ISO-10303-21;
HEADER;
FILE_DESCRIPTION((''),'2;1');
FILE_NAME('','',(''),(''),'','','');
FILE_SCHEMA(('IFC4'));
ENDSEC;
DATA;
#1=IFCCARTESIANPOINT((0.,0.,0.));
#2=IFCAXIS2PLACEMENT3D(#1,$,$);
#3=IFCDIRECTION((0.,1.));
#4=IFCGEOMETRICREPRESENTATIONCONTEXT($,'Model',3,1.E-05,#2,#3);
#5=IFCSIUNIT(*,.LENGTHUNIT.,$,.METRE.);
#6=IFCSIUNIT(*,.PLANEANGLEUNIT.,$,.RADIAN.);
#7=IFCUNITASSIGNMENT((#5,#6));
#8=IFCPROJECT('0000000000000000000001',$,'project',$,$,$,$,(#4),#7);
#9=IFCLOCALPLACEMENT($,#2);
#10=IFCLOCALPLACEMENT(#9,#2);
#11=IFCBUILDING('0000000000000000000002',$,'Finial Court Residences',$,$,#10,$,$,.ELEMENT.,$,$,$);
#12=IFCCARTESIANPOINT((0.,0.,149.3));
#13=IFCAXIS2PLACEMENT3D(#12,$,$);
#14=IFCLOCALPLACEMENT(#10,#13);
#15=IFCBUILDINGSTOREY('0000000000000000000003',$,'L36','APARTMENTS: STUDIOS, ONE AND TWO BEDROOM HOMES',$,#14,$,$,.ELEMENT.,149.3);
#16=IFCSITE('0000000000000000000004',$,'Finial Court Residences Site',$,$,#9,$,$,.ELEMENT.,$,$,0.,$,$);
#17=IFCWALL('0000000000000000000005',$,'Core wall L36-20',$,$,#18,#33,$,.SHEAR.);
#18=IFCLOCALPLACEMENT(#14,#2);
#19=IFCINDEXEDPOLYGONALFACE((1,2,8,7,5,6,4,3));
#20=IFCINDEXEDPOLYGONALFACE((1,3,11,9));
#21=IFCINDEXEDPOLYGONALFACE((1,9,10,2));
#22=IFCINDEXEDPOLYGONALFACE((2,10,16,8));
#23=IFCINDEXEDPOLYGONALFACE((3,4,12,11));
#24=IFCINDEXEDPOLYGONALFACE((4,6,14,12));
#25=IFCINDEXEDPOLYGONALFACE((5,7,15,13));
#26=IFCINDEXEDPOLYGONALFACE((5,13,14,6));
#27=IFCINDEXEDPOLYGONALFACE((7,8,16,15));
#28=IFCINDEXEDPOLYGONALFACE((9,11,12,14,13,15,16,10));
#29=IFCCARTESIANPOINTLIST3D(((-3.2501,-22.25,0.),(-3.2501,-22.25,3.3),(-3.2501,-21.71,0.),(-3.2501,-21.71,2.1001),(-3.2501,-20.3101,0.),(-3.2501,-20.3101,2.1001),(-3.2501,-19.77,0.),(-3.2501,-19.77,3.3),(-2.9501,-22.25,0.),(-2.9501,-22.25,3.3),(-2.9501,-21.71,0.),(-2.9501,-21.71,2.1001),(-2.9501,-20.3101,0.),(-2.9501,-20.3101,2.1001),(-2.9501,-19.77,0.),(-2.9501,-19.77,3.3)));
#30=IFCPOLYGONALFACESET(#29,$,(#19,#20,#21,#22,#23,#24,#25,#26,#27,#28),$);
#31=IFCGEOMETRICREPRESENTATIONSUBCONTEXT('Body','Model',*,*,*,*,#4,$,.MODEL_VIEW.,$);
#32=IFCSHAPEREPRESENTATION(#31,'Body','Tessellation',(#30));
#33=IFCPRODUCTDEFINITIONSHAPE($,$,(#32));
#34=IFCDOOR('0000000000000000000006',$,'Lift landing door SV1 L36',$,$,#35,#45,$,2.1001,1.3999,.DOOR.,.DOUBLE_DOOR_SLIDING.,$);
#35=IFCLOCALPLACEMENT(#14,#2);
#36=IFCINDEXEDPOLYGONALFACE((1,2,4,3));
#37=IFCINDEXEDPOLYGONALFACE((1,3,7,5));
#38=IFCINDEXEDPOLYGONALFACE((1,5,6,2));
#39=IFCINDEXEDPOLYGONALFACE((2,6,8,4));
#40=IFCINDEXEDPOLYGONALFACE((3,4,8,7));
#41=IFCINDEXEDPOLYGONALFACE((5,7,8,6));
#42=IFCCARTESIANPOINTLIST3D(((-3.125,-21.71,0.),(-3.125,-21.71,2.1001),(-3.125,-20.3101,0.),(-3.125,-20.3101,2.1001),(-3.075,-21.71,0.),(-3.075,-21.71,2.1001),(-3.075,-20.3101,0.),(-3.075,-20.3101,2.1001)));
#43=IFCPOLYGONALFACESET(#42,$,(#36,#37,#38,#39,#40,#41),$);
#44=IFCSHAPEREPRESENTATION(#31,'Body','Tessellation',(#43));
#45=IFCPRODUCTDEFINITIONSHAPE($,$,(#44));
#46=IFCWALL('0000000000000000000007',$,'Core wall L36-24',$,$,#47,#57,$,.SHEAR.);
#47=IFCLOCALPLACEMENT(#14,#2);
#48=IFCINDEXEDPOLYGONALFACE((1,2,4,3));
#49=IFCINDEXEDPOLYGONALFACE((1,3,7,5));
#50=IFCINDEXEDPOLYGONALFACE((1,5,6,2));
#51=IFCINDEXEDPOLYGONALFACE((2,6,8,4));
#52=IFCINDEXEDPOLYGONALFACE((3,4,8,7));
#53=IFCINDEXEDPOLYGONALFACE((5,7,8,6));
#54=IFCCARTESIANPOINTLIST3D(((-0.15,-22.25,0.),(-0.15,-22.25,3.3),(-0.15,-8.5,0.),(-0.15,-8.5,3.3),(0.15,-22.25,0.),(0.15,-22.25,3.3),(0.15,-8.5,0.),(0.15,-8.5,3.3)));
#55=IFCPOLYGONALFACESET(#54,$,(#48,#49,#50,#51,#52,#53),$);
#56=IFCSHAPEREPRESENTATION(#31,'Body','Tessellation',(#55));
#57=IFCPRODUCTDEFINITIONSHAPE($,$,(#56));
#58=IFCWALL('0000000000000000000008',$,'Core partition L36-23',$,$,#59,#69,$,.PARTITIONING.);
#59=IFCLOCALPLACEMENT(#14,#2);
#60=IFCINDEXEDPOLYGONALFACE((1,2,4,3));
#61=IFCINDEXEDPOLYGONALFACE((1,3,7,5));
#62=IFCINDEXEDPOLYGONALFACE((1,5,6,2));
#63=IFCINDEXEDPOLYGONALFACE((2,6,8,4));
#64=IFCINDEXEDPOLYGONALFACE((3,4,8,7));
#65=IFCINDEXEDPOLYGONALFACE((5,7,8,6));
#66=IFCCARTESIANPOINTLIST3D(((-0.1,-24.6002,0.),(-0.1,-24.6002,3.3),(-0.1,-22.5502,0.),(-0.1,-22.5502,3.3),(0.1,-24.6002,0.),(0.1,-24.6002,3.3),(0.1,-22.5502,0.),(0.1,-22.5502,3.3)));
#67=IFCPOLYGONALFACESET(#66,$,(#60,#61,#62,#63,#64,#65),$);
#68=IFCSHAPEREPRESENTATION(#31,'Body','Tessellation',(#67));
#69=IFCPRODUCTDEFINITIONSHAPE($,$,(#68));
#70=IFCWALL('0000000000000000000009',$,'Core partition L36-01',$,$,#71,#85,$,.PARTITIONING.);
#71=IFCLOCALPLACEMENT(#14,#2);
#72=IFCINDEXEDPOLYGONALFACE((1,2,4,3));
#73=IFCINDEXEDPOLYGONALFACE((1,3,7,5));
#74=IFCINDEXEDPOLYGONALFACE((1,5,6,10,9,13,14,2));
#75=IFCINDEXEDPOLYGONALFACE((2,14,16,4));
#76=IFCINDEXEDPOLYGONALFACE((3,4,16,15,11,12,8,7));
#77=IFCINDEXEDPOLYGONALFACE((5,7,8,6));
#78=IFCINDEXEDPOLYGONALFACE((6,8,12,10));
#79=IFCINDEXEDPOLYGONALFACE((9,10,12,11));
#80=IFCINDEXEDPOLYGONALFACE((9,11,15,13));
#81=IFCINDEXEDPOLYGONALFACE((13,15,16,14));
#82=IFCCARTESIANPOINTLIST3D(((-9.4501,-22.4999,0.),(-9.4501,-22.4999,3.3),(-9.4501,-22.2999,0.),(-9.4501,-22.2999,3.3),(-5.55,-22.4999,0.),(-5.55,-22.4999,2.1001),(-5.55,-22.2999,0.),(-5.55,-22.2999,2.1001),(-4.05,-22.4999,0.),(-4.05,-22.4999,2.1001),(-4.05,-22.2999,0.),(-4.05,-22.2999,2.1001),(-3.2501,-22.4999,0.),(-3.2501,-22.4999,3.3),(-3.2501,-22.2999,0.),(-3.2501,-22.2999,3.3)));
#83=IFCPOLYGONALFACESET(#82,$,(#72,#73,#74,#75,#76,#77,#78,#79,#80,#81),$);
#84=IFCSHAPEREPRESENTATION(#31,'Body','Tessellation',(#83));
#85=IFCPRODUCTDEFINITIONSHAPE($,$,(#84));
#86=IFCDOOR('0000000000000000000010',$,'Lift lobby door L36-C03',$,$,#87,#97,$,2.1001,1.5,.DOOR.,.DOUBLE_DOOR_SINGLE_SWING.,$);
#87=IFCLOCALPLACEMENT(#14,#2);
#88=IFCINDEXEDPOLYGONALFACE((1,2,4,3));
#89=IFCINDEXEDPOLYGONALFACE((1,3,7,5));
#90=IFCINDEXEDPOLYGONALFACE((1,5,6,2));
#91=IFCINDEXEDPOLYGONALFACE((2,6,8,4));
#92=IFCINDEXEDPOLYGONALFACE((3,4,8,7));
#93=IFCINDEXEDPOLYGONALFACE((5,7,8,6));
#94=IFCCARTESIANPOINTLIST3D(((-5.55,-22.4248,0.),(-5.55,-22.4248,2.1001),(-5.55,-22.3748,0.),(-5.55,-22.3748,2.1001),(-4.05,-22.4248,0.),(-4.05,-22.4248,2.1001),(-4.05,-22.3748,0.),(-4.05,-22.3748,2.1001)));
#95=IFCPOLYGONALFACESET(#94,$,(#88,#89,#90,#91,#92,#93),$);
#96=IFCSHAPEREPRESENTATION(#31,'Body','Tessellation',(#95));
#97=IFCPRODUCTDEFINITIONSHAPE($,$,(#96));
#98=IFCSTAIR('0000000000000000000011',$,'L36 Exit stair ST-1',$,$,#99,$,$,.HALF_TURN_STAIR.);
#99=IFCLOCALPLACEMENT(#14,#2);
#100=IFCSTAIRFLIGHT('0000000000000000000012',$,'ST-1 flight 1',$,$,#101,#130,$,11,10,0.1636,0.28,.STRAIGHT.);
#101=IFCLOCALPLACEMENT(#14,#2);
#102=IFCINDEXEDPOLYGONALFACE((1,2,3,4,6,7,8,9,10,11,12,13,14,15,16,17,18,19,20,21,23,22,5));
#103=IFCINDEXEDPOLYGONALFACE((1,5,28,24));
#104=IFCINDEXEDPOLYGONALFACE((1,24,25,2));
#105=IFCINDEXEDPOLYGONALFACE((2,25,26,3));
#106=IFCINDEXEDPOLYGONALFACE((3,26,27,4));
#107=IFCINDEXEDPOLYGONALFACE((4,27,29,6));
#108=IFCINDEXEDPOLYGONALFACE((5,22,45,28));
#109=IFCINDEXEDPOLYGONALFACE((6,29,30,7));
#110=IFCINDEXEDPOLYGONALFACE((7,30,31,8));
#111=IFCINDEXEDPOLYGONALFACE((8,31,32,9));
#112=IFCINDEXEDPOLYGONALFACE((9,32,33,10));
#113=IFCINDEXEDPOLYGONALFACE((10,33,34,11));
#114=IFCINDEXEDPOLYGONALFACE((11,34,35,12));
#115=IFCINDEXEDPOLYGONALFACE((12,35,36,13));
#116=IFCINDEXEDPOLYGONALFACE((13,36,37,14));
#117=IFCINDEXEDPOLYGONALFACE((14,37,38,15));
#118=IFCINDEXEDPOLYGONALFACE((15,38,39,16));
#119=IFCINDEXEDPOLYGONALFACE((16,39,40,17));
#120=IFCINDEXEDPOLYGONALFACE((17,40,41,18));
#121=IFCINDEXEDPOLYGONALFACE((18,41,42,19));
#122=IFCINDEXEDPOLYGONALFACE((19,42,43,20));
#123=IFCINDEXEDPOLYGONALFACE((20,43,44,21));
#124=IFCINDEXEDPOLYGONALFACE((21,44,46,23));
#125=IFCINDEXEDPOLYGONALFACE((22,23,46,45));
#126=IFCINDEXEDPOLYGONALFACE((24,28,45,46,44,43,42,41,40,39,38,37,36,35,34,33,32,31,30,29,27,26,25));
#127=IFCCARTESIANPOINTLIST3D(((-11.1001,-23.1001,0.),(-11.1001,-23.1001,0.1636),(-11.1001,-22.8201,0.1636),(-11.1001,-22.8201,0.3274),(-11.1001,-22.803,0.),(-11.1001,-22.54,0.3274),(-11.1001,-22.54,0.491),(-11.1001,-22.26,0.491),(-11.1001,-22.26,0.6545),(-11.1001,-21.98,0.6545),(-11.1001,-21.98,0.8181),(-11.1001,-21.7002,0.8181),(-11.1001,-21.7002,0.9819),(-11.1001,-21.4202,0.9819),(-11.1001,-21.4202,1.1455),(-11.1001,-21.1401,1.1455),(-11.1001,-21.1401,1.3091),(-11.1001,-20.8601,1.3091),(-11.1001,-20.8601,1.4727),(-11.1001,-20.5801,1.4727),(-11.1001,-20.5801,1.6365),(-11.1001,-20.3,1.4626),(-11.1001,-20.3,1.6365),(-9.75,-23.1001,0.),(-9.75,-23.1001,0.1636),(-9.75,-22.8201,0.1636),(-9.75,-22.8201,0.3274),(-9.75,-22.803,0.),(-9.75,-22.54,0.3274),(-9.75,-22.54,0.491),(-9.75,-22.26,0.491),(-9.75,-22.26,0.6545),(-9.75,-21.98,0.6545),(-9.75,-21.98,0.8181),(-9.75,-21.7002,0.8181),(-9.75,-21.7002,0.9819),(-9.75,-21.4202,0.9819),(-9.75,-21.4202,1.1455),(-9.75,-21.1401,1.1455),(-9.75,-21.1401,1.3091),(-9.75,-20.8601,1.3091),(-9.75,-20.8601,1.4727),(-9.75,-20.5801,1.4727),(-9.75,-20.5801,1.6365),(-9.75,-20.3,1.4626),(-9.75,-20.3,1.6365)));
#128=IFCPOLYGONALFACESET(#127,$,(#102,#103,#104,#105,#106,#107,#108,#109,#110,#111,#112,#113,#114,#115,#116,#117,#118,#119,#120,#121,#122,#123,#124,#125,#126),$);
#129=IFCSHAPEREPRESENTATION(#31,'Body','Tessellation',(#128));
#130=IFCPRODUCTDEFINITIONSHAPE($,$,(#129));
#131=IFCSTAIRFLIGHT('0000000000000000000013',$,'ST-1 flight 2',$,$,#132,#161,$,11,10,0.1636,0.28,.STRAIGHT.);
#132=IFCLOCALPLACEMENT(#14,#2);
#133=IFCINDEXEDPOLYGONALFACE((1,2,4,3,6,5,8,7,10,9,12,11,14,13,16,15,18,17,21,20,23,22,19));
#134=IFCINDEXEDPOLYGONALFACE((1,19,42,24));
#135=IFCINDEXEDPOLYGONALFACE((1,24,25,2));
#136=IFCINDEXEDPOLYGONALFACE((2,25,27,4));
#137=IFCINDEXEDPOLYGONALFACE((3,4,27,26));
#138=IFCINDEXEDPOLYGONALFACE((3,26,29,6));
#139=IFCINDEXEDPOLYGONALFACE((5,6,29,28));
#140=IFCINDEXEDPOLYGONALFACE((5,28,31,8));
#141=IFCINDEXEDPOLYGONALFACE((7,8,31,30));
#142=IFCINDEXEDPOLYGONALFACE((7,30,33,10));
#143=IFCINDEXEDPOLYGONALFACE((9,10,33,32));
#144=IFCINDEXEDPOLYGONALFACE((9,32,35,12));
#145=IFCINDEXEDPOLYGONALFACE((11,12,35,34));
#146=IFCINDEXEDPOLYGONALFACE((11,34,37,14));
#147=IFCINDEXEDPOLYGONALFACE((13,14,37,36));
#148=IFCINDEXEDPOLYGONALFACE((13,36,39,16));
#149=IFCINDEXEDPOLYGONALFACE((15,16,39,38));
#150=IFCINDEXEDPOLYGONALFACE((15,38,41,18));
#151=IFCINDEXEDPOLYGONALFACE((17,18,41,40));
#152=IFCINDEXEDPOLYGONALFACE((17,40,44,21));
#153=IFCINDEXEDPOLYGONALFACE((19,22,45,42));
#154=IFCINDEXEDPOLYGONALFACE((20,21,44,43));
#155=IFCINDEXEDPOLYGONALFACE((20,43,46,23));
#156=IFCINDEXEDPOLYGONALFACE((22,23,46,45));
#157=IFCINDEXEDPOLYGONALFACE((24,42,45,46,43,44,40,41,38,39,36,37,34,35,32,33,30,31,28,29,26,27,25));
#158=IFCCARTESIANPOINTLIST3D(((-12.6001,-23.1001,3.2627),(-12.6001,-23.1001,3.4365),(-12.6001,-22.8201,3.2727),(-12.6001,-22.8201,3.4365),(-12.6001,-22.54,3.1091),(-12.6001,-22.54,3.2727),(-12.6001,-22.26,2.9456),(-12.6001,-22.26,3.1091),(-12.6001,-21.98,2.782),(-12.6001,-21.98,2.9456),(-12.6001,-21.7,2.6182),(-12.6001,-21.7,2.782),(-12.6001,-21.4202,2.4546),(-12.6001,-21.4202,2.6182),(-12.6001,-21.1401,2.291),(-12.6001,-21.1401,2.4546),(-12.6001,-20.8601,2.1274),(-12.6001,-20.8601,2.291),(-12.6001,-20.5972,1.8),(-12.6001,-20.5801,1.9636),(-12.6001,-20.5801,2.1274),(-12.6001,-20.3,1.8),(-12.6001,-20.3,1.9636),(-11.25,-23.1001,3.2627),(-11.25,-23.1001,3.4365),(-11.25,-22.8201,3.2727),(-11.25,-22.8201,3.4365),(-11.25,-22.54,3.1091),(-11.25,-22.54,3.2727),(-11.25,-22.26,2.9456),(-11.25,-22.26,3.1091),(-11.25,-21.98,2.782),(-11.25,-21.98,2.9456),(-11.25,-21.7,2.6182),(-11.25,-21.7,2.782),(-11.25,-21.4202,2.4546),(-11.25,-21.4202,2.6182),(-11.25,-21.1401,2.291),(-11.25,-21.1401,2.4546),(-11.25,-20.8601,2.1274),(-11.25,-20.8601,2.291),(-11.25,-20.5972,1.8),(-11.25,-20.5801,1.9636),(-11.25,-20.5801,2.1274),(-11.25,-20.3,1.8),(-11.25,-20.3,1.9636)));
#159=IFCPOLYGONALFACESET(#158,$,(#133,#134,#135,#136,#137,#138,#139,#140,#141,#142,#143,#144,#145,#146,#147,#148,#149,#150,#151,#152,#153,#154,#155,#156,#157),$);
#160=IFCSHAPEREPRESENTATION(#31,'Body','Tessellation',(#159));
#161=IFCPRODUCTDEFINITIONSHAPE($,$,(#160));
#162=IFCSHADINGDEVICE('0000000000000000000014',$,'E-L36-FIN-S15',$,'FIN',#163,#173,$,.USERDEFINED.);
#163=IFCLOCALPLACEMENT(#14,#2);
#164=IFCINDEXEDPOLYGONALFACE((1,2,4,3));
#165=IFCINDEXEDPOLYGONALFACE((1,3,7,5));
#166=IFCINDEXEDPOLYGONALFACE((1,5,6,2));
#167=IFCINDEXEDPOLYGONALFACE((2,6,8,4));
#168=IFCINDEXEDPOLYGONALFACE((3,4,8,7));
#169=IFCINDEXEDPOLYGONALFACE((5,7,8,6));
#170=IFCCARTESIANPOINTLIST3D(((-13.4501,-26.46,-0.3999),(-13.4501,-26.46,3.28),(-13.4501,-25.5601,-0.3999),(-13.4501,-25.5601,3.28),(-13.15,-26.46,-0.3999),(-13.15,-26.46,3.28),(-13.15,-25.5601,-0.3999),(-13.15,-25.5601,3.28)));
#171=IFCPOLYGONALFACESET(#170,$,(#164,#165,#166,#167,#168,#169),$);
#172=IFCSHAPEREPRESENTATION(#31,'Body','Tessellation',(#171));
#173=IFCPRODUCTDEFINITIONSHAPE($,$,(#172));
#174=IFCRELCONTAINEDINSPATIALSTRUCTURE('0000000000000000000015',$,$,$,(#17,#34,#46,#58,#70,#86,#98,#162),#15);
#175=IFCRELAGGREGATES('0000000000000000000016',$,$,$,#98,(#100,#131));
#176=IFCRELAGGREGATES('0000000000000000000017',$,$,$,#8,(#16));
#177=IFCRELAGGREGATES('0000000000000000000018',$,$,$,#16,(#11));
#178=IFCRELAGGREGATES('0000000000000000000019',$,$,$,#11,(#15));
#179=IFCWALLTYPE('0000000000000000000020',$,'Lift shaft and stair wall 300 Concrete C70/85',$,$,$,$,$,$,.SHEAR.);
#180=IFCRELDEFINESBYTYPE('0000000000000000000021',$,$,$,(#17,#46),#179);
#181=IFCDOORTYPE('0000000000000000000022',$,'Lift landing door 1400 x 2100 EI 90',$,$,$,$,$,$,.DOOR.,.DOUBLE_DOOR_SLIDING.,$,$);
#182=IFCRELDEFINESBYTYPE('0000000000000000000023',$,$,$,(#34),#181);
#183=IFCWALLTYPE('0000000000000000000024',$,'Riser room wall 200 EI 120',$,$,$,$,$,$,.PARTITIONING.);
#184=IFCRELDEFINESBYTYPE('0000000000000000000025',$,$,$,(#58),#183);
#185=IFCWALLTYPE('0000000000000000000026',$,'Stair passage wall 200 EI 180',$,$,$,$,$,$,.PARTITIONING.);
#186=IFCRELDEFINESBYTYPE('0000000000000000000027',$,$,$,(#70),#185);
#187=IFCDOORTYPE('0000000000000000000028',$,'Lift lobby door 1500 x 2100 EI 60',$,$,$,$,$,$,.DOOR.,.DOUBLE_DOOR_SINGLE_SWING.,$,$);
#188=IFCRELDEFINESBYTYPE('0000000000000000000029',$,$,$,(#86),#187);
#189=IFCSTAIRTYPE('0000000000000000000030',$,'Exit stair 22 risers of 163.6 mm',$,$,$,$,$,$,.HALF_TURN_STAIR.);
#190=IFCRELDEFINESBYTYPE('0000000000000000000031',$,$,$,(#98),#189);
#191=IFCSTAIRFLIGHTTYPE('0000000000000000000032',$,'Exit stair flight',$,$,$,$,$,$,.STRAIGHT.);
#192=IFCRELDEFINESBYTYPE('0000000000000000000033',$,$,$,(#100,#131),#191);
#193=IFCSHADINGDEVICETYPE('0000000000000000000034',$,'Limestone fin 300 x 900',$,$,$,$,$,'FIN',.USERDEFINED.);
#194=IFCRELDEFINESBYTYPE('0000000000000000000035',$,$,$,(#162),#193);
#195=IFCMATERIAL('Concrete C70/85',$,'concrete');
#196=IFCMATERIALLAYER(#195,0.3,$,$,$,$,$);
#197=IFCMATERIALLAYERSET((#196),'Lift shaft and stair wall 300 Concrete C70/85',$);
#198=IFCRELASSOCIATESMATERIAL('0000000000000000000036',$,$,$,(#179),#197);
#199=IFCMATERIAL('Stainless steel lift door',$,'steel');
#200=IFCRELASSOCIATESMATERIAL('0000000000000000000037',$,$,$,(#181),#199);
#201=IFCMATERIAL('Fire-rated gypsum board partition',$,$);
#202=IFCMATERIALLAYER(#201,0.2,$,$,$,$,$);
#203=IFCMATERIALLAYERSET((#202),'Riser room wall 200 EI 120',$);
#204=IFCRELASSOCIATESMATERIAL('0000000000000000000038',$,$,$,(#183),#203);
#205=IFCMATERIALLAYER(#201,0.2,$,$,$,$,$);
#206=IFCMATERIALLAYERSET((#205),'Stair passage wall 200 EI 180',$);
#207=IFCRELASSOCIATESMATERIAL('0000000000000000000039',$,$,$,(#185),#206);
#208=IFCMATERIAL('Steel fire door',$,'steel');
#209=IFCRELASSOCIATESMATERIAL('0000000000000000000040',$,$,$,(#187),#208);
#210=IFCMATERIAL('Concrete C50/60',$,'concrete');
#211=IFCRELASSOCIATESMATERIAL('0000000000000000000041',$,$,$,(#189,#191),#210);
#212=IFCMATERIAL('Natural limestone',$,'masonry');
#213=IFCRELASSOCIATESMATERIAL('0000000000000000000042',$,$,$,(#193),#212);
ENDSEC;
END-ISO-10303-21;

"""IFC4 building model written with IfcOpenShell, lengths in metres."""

from ifc_helpers import new_model, si_unit, direction, frame, frame_2d, origin, origin_2d, place, context, subcontext, project, spatial, polyline, rectangle, outline, extrude, material, layer, layer_set, type_object, element, fill, aggregate, save


model = new_model("IFC4")

# Units and contexts
model_context = context("Model", 3, precision=1e-05, world=origin(), true_north=direction((0.0, 1.0)))
body_context = subcontext(model_context, "Body", "Model", "MODEL_VIEW")
ifc_project = project(units=[si_unit("LENGTHUNIT", "METRE"), si_unit("PLANEANGLEUNIT", "RADIAN")], contexts=[model_context])

# Site, building, storey
site_placement = place(None, origin())
site = spatial("IfcSite", under=ifc_project, at=site_placement, Name="Finial Court Residences Site", CompositionType="ELEMENT", RefElevation=0.0)
building_placement = place(site_placement, origin())
building = spatial("IfcBuilding", under=site, at=building_placement, Name="Finial Court Residences", CompositionType="ELEMENT")
storey_placement = place(building_placement, frame((0.0, 0.0, 149.3)))
storey = spatial("IfcBuildingStorey", under=building, at=storey_placement, Name="L36", Description="APARTMENTS: STUDIOS, ONE AND TWO BEDROOM HOMES", CompositionType="ELEMENT", Elevation=149.3)

# Shared definitions
ifc_material_1 = material(Name="Concrete C70/85", Category="concrete")

# Shared definitions
ifc_material_2 = material(Name="Fire-rated gypsum board partition")
ifc_material_3 = material(Name="Steel fire door", Category="steel")

# Shared definitions
ifc_layer_1 = layer(ifc_material_1, 0.3)
ifc_layer_set_1 = layer_set([ifc_layer_1], Name="Lift shaft and stair wall 300 Concrete C70/85")
wall_type_1 = type_object("IfcWallType", Name="Lift shaft and stair wall 300 Concrete C70/85", PredefinedType="SHEAR", material=ifc_layer_set_1)

# Wall, opening, door
wall_1_placement = place(storey_placement, frame((-3.1001, -22.25, 0.0), z_axis=(0.0, 0.0, 1.0), x_axis=(0.0, 1.0, 0.0)))
wall_1 = element("IfcWall", 1, at=wall_1_placement, inside=storey, type_object=wall_type_1, Name="Core wall L36-20", PredefinedType="SHEAR", context=body_context, shape_type="SweptSolid", body=[
    extrude(rectangle(XDim=2.48, YDim=0.3, at=frame_2d((1.24, 0.0))), origin(), (0.0, 0.0, 1.0), 3.3),
])
opening_1_placement = place(wall_1_placement, frame((0.54, 0.0, 0.0)))
opening_1 = element("IfcOpeningElement", 2, at=opening_1_placement, cuts=wall_1, PredefinedType="OPENING", context=body_context, shape_type="SweptSolid", body=[
    extrude(rectangle(XDim=1.3999, YDim=2.1001, at=frame_2d((0.7, 1.05))), frame((0.0, 0.1599, 0.0), z_axis=(0.0, -1.0, 0.0), x_axis=(1.0, 0.0, 0.0)), (0.0, 0.0, 1.0), 0.3201),
])
ifc_material_4 = material(Name="Stainless steel lift door", Category="steel")
door_type_1 = type_object("IfcDoorType", Name="Lift landing door 1400 x 2100 EI 90", OperationType="DOUBLE_DOOR_SLIDING", PredefinedType="DOOR", material=ifc_material_4)
door_1_placement = place(opening_1_placement, origin())
door_1 = element("IfcDoor", 3, at=door_1_placement, inside=storey, type_object=door_type_1, Name="Lift landing door SV1 L36", OperationType="DOUBLE_DOOR_SLIDING", OverallHeight=2.1001, OverallWidth=1.3999, PredefinedType="DOOR", context=body_context, shape_type="SweptSolid", body=[
    extrude(rectangle(XDim=1.3999, YDim=2.1001, at=frame_2d((0.7, 1.05))), frame((0.0, 0.0249, 0.0), z_axis=(0.0, -1.0, 0.0), x_axis=(1.0, 0.0, 0.0)), (0.0, 0.0, 1.0), 0.05),
])
fill(opening_1, door_1)

# Walls
wall_2_placement = place(storey_placement, frame((0.0, -22.25, 0.0), z_axis=(0.0, 0.0, 1.0), x_axis=(0.0, 1.0, 0.0)))
element("IfcWall", 4, at=wall_2_placement, inside=storey, type_object=wall_type_1, Name="Core wall L36-24", PredefinedType="SHEAR", context=body_context, shape_type="SweptSolid", body=[
    extrude(rectangle(XDim=13.75, YDim=0.3, at=frame_2d((6.875, 0.0))), origin(), (0.0, 0.0, 1.0), 3.3),
])
ifc_layer_2 = layer(ifc_material_2, 0.2)
ifc_layer_set_2 = layer_set([ifc_layer_2], Name="Riser room wall 200 EI 120")
wall_type_2 = type_object("IfcWallType", Name="Riser room wall 200 EI 120", PredefinedType="PARTITIONING", material=ifc_layer_set_2)
wall_3_placement = place(storey_placement, frame((0.0, -24.6001, 0.0), z_axis=(0.0, 0.0, 1.0), x_axis=(0.0, 1.0, 0.0)))
element("IfcWall", 5, at=wall_3_placement, inside=storey, type_object=wall_type_2, Name="Core partition L36-23", PredefinedType="PARTITIONING", context=body_context, shape_type="SweptSolid", body=[
    extrude(rectangle(XDim=2.05, YDim=0.2, at=frame_2d((1.0249, 0.0))), origin(), (0.0, 0.0, 1.0), 3.3),
])

# Wall, opening, door
ifc_layer_3 = layer(ifc_material_2, 0.2)
ifc_layer_set_3 = layer_set([ifc_layer_3], Name="Stair passage wall 200 EI 180")
wall_type_3 = type_object("IfcWallType", Name="Stair passage wall 200 EI 180", PredefinedType="PARTITIONING", material=ifc_layer_set_3)
wall_4_placement = place(storey_placement, frame((-3.25, -22.3999, 0.0), z_axis=(0.0, 0.0, 1.0), x_axis=(-1.0, 0.0, 0.0)))
wall_4 = element("IfcWall", 6, at=wall_4_placement, inside=storey, type_object=wall_type_3, Name="Core partition L36-01", PredefinedType="PARTITIONING", context=body_context, shape_type="SweptSolid", body=[
    extrude(rectangle(XDim=6.2, YDim=0.2, at=frame_2d((3.1001, 0.0))), origin(), (0.0, 0.0, 1.0), 3.3),
])
opening_2_placement = place(wall_4_placement, frame((0.8, 0.0, 0.0)))
opening_2 = element("IfcOpeningElement", 7, at=opening_2_placement, cuts=wall_4, PredefinedType="OPENING", context=body_context, shape_type="SweptSolid", body=[
    extrude(rectangle(XDim=1.5, YDim=2.1001, at=frame_2d((0.75, 1.05))), frame((0.0, 0.1099, 0.0), z_axis=(0.0, -1.0, 0.0), x_axis=(1.0, 0.0, 0.0)), (0.0, 0.0, 1.0), 0.22),
])
door_type_2 = type_object("IfcDoorType", Name="Lift lobby door 1500 x 2100 EI 60", OperationType="DOUBLE_DOOR_SINGLE_SWING", PredefinedType="DOOR", material=ifc_material_3)
door_2_placement = place(opening_2_placement, origin())
door_2 = element("IfcDoor", 8, at=door_2_placement, inside=storey, type_object=door_type_2, Name="Lift lobby door L36-C03", OperationType="DOUBLE_DOOR_SINGLE_SWING", OverallHeight=2.1001, OverallWidth=1.5, PredefinedType="DOOR", context=body_context, shape_type="SweptSolid", body=[
    extrude(rectangle(XDim=1.5, YDim=2.1001, at=frame_2d((0.75, 1.05))), frame((0.0, 0.0249, 0.0), z_axis=(0.0, -1.0, 0.0), x_axis=(1.0, 0.0, 0.0)), (0.0, 0.0, 1.0), 0.05),
])
fill(opening_2, door_2)

# Stair, stair flights
ifc_material_5 = material(Name="Concrete C50/60", Category="concrete")
stair_type = type_object("IfcStairType", Name="Exit stair 22 risers of 163.6 mm", PredefinedType="HALF_TURN_STAIR", material=ifc_material_5)
stair_placement = place(storey_placement, origin())
stair = element("IfcStair", 9, at=stair_placement, inside=storey, type_object=stair_type, Name="L36 Exit stair ST-1", PredefinedType="HALF_TURN_STAIR")
stair_flight_type = type_object("IfcStairFlightType", Name="Exit stair flight", PredefinedType="STRAIGHT", material=ifc_material_5)
stair_flight_1_placement = place(storey_placement, frame((-10.425, -23.1001, 0.0), z_axis=(0.0, 0.0, 1.0), x_axis=(0.0, 1.0, 0.0)))
stair_flight_1 = element("IfcStairFlight", 10, at=stair_flight_1_placement, type_object=stair_flight_type, Name="ST-1 flight 1", NumberOfRisers=11, NumberOfTreads=10, PredefinedType="STRAIGHT", RiserHeight=0.1636, TreadLength=0.28, context=body_context, shape_type="SweptSolid", body=[
    extrude(outline(polyline([(0.0, 0.0), (0.0, 0.1636), (0.28, 0.1636), (0.28, 0.3274), (0.5601, 0.3274), (0.5601, 0.491), (0.8401, 0.491), (0.8401, 0.6545), (1.1201, 0.6545), (1.1201, 0.8181), (1.3999, 0.8181), (1.3999, 0.9819), (1.6799, 0.9819), (1.6799, 1.1455), (1.96, 1.1455), (1.96, 1.3091), (2.24, 1.3091), (2.24, 1.4727), (2.52, 1.4727), (2.52, 1.6365), (2.8, 1.6365), (2.8, 1.8), (2.8, 1.4626), (0.2971, 0.0), (0.0, 0.0)])), frame((0.0, 0.675, 0.0), z_axis=(0.0, -1.0, 0.0), x_axis=(1.0, 0.0, 0.0)), (0.0, 0.0, 1.0), 1.3501),
])
stair_flight_2_placement = place(storey_placement, frame((-11.925, -20.3, 1.8), z_axis=(0.0, 0.0, 1.0), x_axis=(0.0, -1.0, 0.0)))
stair_flight_2 = element("IfcStairFlight", 11, at=stair_flight_2_placement, type_object=stair_flight_type, Name="ST-1 flight 2", NumberOfRisers=11, NumberOfTreads=10, PredefinedType="STRAIGHT", RiserHeight=0.1636, TreadLength=0.28, context=body_context, shape_type="SweptSolid", body=[
    extrude(outline(polyline([(0.0, 0.0), (0.0, 0.1636), (0.28, 0.1636), (0.28, 0.3274), (0.5601, 0.3274), (0.5601, 0.491), (0.8401, 0.491), (0.8401, 0.6545), (1.1201, 0.6545), (1.1201, 0.8181), (1.3999, 0.8181), (1.3999, 0.9819), (1.6799, 0.9819), (1.6799, 1.1455), (1.96, 1.1455), (1.96, 1.3091), (2.24, 1.3091), (2.24, 1.4727), (2.52, 1.4727), (2.52, 1.6365), (2.8, 1.6365), (2.8, 1.8), (2.8, 1.4626), (0.2971, 0.0), (0.0, 0.0)])), frame((0.0, 0.675, 0.0), z_axis=(0.0, -1.0, 0.0), x_axis=(1.0, 0.0, 0.0)), (0.0, 0.0, 1.0), 1.3501),
])
aggregate(stair, [stair_flight_1, stair_flight_2])

# Shading device
ifc_material_6 = material(Name="Natural limestone", Category="masonry")
shading_device_type = type_object("IfcShadingDeviceType", Name="Limestone fin 300 x 900", ElementType="FIN", PredefinedType="USERDEFINED", material=ifc_material_6)
for number, where, z_axis, x_axis, name in (
    (12, (-13.3, -26.01, -0.3999), (0.0, 0.0, 1.0), (1.0, 0.0, 0.0), "E-L36-FIN-S15"),
):
    element("IfcShadingDevice", number, at=place(storey_placement, frame(where, z_axis=z_axis, x_axis=x_axis)), inside=storey, type_object=shading_device_type, Name=name, ObjectType="FIN", PredefinedType="USERDEFINED", context=body_context, shape_type="SweptSolid", body=[
        extrude(rectangle(XDim=0.3, YDim=0.8999, at=origin_2d()), origin(), (0.0, 0.0, 1.0), 3.6799),
    ])

save(model, "model.ifc")
